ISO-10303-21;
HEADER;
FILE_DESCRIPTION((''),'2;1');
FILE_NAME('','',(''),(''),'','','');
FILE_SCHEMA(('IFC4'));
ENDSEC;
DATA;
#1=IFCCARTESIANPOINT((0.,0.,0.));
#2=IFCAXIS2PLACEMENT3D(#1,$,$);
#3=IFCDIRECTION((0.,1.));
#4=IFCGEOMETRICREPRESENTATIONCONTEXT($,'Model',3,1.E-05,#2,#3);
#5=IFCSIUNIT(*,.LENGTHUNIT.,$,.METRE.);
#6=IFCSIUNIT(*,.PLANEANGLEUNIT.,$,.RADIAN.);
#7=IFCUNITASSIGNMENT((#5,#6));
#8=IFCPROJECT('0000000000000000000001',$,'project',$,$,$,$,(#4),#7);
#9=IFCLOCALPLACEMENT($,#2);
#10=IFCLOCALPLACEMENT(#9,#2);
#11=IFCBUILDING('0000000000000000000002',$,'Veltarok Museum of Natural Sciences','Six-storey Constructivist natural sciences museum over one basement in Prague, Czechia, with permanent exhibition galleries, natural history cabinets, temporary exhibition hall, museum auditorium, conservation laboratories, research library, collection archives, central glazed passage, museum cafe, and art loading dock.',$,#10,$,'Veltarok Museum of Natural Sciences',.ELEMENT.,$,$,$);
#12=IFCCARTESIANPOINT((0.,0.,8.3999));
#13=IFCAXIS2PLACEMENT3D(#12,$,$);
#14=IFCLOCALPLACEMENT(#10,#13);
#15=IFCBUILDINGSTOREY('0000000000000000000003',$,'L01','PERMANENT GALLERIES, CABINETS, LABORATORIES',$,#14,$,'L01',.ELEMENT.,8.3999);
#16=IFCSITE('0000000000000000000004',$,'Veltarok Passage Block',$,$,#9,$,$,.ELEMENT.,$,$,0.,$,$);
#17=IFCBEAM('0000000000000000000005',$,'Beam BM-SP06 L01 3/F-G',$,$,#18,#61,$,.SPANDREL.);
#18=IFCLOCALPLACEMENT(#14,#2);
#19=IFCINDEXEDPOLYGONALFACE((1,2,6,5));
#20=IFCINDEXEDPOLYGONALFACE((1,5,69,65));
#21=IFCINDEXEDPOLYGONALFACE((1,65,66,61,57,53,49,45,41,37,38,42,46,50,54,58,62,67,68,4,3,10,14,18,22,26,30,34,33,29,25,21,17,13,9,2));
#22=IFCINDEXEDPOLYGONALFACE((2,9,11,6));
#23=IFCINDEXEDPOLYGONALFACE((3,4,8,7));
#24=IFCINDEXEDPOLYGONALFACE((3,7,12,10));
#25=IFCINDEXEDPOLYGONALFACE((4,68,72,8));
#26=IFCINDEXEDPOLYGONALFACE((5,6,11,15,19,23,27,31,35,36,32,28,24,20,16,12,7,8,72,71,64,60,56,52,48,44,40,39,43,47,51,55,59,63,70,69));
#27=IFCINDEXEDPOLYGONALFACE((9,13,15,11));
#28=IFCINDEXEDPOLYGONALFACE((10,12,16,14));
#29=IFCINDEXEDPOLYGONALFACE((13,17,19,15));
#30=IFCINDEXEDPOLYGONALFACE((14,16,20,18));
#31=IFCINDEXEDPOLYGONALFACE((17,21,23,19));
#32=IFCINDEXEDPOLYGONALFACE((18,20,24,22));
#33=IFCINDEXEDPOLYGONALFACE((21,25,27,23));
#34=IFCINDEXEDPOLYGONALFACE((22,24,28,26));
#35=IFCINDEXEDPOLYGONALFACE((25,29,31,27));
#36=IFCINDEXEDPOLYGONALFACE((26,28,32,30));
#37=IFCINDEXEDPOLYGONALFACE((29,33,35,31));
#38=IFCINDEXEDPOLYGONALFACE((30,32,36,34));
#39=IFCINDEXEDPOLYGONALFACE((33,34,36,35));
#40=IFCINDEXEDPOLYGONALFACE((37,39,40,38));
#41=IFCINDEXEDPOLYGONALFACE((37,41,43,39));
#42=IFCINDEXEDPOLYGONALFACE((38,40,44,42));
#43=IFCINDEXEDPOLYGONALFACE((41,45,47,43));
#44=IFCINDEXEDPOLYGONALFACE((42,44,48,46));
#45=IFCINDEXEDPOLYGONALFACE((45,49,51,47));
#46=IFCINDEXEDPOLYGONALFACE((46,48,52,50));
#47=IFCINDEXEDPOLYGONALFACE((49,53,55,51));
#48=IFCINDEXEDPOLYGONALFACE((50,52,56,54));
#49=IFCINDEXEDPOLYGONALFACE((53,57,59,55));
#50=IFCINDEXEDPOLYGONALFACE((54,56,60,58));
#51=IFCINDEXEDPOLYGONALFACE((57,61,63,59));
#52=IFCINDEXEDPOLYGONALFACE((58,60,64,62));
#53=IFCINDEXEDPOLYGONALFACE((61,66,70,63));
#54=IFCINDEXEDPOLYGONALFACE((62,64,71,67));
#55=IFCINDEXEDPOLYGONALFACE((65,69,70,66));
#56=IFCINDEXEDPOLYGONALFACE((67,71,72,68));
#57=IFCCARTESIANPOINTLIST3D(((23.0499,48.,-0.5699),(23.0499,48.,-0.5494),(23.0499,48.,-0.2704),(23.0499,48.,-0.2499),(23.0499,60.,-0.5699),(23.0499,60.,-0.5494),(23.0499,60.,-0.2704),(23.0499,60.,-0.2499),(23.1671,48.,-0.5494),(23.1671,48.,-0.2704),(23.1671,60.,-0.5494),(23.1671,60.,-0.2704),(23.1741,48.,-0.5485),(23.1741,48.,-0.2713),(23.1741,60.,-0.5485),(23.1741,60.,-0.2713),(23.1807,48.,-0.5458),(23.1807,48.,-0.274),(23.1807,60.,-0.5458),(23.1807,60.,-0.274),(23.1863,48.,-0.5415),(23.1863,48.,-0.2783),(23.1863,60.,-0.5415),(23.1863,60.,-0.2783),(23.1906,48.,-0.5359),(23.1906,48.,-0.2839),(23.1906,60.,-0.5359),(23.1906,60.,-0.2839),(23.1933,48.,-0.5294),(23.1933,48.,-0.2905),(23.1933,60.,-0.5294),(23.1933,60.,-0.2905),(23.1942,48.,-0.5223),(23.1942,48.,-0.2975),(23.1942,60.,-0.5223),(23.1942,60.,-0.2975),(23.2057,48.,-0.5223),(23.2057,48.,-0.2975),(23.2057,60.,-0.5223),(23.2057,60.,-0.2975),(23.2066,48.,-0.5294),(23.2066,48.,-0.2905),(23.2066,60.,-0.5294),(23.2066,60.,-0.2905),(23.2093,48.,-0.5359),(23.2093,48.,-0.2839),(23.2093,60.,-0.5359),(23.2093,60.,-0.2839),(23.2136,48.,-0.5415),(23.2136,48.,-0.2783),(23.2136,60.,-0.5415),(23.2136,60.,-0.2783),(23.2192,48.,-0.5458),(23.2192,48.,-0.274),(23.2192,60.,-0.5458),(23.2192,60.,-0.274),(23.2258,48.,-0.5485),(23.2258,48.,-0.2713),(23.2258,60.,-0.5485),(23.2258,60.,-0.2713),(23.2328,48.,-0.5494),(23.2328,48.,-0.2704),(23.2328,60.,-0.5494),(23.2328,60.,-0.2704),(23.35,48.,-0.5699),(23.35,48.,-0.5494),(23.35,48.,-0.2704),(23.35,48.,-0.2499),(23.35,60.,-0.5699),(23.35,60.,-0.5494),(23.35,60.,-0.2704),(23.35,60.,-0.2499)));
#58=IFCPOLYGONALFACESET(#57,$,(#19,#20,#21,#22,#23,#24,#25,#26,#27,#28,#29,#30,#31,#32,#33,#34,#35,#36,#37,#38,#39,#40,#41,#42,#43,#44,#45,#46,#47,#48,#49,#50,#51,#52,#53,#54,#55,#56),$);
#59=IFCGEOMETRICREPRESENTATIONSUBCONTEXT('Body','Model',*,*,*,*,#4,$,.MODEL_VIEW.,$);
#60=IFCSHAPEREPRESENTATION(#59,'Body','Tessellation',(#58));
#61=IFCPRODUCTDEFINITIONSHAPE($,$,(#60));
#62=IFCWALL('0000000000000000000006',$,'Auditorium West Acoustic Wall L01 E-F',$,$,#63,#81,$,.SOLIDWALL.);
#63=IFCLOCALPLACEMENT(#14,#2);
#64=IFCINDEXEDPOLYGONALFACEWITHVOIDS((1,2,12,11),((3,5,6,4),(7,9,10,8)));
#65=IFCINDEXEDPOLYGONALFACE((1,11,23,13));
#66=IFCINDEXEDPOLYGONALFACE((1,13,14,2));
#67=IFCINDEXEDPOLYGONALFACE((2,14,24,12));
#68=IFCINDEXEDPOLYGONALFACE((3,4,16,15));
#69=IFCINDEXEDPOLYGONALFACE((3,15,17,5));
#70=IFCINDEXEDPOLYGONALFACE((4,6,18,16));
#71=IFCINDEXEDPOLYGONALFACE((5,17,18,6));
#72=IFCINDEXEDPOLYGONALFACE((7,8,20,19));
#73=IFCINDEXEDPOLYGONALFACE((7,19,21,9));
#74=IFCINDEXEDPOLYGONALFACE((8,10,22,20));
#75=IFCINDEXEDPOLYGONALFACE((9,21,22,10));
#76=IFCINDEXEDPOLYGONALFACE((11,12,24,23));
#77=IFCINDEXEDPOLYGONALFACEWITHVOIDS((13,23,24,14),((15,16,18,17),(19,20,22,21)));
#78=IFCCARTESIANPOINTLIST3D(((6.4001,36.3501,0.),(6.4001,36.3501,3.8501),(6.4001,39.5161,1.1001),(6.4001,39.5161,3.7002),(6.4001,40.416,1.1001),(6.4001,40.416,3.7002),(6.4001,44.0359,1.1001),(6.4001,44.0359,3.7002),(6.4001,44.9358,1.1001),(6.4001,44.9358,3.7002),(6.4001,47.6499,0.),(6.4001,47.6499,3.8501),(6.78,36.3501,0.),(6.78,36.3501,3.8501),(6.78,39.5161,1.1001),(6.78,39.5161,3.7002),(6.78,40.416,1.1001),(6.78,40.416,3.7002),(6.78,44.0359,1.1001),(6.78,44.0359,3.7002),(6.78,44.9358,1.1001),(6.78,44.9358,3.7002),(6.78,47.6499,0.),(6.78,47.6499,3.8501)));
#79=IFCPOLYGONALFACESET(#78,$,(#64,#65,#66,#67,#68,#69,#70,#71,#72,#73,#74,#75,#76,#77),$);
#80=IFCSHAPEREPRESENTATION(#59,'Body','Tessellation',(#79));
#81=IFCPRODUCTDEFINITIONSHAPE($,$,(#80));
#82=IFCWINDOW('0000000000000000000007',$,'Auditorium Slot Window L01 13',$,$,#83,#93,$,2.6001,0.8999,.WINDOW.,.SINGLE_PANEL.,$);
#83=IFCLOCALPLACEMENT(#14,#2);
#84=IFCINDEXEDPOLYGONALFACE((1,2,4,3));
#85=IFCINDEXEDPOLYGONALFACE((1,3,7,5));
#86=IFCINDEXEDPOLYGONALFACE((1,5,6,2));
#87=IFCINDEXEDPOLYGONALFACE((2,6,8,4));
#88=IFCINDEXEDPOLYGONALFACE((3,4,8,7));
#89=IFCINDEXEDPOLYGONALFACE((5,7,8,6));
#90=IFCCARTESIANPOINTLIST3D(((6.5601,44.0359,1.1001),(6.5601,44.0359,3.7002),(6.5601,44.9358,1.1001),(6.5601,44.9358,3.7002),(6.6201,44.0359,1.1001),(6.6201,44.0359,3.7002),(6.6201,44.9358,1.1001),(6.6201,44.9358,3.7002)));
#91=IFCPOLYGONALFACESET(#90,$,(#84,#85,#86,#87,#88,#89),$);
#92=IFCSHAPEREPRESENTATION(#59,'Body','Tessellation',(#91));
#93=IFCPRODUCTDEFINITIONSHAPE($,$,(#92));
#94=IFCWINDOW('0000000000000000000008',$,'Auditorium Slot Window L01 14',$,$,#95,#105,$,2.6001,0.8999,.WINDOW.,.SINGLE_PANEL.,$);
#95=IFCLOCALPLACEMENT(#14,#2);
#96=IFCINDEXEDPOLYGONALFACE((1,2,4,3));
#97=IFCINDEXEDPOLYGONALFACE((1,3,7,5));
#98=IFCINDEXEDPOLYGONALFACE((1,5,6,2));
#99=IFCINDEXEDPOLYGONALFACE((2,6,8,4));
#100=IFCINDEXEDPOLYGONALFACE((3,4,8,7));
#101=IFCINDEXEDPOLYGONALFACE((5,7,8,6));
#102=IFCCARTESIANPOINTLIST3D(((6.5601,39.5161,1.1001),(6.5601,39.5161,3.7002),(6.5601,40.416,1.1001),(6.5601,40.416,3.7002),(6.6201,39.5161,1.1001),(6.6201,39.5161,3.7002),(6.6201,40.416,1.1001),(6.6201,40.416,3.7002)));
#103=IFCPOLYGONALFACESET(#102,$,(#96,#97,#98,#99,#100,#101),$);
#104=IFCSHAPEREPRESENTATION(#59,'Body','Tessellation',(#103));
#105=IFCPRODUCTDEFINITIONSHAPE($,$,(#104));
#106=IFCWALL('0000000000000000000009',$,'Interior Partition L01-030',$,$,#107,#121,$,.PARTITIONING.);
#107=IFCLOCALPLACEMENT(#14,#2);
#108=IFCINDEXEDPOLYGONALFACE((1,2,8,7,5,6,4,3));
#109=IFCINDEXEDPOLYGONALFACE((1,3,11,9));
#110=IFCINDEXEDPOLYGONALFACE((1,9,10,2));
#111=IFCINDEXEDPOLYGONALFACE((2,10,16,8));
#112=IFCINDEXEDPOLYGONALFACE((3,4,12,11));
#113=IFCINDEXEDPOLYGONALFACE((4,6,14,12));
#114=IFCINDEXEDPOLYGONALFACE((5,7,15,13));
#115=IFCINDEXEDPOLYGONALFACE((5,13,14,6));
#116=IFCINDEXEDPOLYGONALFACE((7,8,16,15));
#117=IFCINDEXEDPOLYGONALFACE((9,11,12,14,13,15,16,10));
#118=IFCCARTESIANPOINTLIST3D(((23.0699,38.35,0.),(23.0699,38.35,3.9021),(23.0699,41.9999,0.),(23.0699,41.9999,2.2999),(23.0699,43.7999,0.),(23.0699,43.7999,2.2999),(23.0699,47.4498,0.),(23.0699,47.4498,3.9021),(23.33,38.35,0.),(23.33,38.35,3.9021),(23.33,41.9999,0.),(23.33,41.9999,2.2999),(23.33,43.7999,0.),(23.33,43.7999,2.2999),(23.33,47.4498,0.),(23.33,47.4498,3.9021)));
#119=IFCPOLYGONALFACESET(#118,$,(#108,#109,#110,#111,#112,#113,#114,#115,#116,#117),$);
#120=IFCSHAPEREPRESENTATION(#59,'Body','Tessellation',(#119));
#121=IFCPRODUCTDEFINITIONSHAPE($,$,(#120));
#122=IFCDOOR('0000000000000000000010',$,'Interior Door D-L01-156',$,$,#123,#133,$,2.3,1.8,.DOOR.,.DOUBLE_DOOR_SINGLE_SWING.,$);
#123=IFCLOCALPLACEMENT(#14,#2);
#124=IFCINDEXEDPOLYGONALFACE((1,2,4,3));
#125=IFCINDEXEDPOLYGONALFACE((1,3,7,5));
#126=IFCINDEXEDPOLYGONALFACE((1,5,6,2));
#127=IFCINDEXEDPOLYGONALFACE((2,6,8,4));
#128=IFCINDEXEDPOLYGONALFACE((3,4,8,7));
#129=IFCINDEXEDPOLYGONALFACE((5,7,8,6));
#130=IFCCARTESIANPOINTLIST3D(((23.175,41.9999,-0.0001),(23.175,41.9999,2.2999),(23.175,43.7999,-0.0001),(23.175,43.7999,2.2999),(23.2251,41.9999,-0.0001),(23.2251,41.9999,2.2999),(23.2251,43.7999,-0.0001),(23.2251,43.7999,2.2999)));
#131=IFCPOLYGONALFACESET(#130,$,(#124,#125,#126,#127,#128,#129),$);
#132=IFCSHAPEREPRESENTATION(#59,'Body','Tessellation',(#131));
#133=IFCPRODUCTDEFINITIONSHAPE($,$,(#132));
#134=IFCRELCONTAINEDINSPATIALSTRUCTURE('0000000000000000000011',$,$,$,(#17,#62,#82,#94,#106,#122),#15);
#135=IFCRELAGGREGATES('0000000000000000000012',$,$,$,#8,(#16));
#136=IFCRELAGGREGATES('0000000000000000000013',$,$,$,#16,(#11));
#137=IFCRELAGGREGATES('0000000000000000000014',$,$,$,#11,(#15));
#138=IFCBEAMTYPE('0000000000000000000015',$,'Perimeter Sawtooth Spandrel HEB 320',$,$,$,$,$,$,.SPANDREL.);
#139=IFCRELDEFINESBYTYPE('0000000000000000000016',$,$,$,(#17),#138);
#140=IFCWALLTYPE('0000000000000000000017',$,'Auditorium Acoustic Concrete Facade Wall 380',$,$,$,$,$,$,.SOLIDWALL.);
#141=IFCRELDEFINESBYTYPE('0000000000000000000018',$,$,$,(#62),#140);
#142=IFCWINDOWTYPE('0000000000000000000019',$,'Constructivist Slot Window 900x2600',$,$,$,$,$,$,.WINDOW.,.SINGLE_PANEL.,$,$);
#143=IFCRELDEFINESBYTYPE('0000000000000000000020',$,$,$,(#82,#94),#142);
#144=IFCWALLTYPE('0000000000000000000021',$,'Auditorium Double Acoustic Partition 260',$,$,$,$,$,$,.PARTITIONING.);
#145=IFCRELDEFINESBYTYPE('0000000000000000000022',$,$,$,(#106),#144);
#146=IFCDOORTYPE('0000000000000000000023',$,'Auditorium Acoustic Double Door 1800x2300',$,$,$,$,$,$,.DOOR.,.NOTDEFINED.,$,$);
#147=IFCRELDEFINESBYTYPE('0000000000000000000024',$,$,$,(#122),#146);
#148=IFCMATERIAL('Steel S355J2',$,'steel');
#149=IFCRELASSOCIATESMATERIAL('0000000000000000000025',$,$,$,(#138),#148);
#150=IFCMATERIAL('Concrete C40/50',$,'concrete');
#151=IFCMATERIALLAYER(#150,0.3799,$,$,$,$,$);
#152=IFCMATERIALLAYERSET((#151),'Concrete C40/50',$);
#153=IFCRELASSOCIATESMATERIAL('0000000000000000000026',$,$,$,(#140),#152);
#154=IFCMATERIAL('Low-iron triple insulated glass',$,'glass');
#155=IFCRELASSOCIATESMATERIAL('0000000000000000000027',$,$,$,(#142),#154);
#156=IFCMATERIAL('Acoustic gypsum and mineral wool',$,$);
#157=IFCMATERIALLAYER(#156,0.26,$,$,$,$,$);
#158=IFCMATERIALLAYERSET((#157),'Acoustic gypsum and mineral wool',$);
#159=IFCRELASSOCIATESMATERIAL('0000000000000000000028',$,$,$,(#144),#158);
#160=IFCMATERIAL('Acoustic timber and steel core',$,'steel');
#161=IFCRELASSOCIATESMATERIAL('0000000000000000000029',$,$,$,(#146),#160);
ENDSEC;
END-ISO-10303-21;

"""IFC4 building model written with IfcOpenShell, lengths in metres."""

from ifc_helpers import new_model, si_unit, direction, frame, frame_2d, origin, origin_2d, place, context, subcontext, project, spatial, rectangle, i_section, extrude, material, layer, layer_set, material_profile, profile_set, type_object, element, fill, save


model = new_model("IFC4")

# Units and contexts
model_context = context("Model", 3, precision=1e-05, world=origin(), true_north=direction((0.0, 1.0)))
body_context = subcontext(model_context, "Body", "Model", "MODEL_VIEW")
ifc_project = project(units=[si_unit("LENGTHUNIT", "METRE"), si_unit("PLANEANGLEUNIT", "RADIAN")], contexts=[model_context])

# Site, building, storey
site_placement = place(None, origin())
site = spatial("IfcSite", under=ifc_project, at=site_placement, Name="Veltarok Passage Block", CompositionType="ELEMENT", RefElevation=0.0)
building_placement = place(site_placement, origin())
building = spatial("IfcBuilding", under=site, at=building_placement, Name="Veltarok Museum of Natural Sciences", Description="Six-storey Constructivist natural sciences museum over one basement in Prague, Czechia, with permanent exhibition galleries, natural history cabinets, temporary exhibition hall, museum auditorium, conservation laboratories, research library, collection archives, central glazed passage, museum cafe, and art loading dock.", LongName="Veltarok Museum of Natural Sciences", CompositionType="ELEMENT")
storey_placement = place(building_placement, frame((0.0, 0.0, 8.3999)))
storey = spatial("IfcBuildingStorey", under=building, at=storey_placement, Name="L01", Description="PERMANENT GALLERIES, CABINETS, LABORATORIES", LongName="L01", CompositionType="ELEMENT", Elevation=8.3999)

# Shared definitions
ifc_material_1 = material(Name="Steel S355J2", Category="steel")

# Beam
ifc_material_profile_1 = material_profile(ifc_material_1, i_section(OverallWidth=0.3, OverallDepth=0.3201, WebThickness=0.0115, FlangeThickness=0.0205, FilletRadius=0.0271, at=origin_2d()), Name="HEB 320")
ifc_profile_set_1 = profile_set([ifc_material_profile_1], Name="Steel S355J2")
beam_type_1 = type_object("IfcBeamType", Name="Perimeter Sawtooth Spandrel HEB 320", PredefinedType="SPANDREL", material=ifc_profile_set_1)
for number, where, z_axis, x_axis, name in (
    (1, (23.2, 48.0, -0.4099), (0.0, 1.0, 0.0), (-1.0, 0.0, 0.0), "Beam BM-SP06 L01 3/F-G"),
):
    element("IfcBeam", number, at=place(storey_placement, frame(where, z_axis=z_axis, x_axis=x_axis)), inside=storey, type_object=beam_type_1, Name=name, PredefinedType="SPANDREL", context=body_context, shape_type="SweptSolid", body=[
        extrude(i_section(OverallWidth=0.3, OverallDepth=0.3201, WebThickness=0.0115, FlangeThickness=0.0205, FilletRadius=0.0271, at=origin_2d()), origin(), (0.0, 0.0, 1.0), 12.0),
    ])

# Wall, openings, windows
ifc_material_2 = material(Name="Concrete C40/50", Category="concrete")
ifc_layer_1 = layer(ifc_material_2, 0.3799)
ifc_layer_set_1 = layer_set([ifc_layer_1], Name="Concrete C40/50")
wall_type_1 = type_object("IfcWallType", Name="Auditorium Acoustic Concrete Facade Wall 380", PredefinedType="SOLIDWALL", material=ifc_layer_set_1)
wall_1_placement = place(storey_placement, frame((6.5901, 47.6499, 0.0), z_axis=(0.0, 0.0, 1.0), x_axis=(0.0, -1.0, 0.0)))
wall_1 = element("IfcWall", 2, at=wall_1_placement, inside=storey, type_object=wall_type_1, Name="Auditorium West Acoustic Wall L01 E-F", PredefinedType="SOLIDWALL", context=body_context, shape_type="SweptSolid", body=[
    extrude(rectangle(XDim=11.2998, YDim=0.3799, at=frame_2d((5.6499, 0.0))), origin(), (0.0, 0.0, 1.0), 3.8501),
])
opening_1_placement = place(wall_1_placement, frame((2.7141, 0.0, 1.1001)))
opening_1 = element("IfcOpeningElement", 3, at=opening_1_placement, cuts=wall_1, PredefinedType="OPENING", context=body_context, shape_type="SweptSolid", body=[
    extrude(rectangle(XDim=0.8999, YDim=2.6001, at=frame_2d((0.45, 1.3))), frame((0.0, 0.2, 0.0), z_axis=(0.0, -1.0, 0.0), x_axis=(1.0, 0.0, 0.0)), (0.0, 0.0, 1.0), 0.3999),
])
opening_2_placement = place(wall_1_placement, frame((7.2339, 0.0, 1.1001)))
opening_2 = element("IfcOpeningElement", 4, at=opening_2_placement, cuts=wall_1, PredefinedType="OPENING", context=body_context, shape_type="SweptSolid", body=[
    extrude(rectangle(XDim=0.8999, YDim=2.6001, at=frame_2d((0.45, 1.3))), frame((0.0, 0.2, 0.0), z_axis=(0.0, -1.0, 0.0), x_axis=(1.0, 0.0, 0.0)), (0.0, 0.0, 1.0), 0.3999),
])
ifc_material_3 = material(Name="Low-iron triple insulated glass", Category="glass")
window_type = type_object("IfcWindowType", Name="Constructivist Slot Window 900x2600", PartitioningType="SINGLE_PANEL", PredefinedType="WINDOW", material=ifc_material_3)
window_1_placement = place(opening_1_placement, origin())
window_1 = element("IfcWindow", 5, at=window_1_placement, inside=storey, type_object=window_type, Name="Auditorium Slot Window L01 13", OverallHeight=2.6001, OverallWidth=0.8999, PartitioningType="SINGLE_PANEL", PredefinedType="WINDOW", context=body_context, shape_type="SweptSolid", body=[
    extrude(rectangle(XDim=0.8999, YDim=2.6001, at=frame_2d((0.45, 1.3))), frame((0.0, 0.03, 0.0), z_axis=(0.0, -1.0, 0.0), x_axis=(1.0, 0.0, 0.0)), (0.0, 0.0, 1.0), 0.0601),
])
fill(opening_1, window_1)
window_2_placement = place(opening_2_placement, origin())
window_2 = element("IfcWindow", 6, at=window_2_placement, inside=storey, type_object=window_type, Name="Auditorium Slot Window L01 14", OverallHeight=2.6001, OverallWidth=0.8999, PartitioningType="SINGLE_PANEL", PredefinedType="WINDOW", context=body_context, shape_type="SweptSolid", body=[
    extrude(rectangle(XDim=0.8999, YDim=2.6001, at=frame_2d((0.45, 1.3))), frame((0.0, 0.03, 0.0), z_axis=(0.0, -1.0, 0.0), x_axis=(1.0, 0.0, 0.0)), (0.0, 0.0, 1.0), 0.0601),
])
fill(opening_2, window_2)

# Wall, opening, door
ifc_material_4 = material(Name="Acoustic gypsum and mineral wool")
ifc_layer_2 = layer(ifc_material_4, 0.26)
ifc_layer_set_2 = layer_set([ifc_layer_2], Name="Acoustic gypsum and mineral wool")
wall_type_2 = type_object("IfcWallType", Name="Auditorium Double Acoustic Partition 260", PredefinedType="PARTITIONING", material=ifc_layer_set_2)
wall_2_placement = place(storey_placement, frame((23.2, 38.3501, 0.0), z_axis=(0.0, 0.0, 1.0), x_axis=(0.0, 1.0, 0.0)))
wall_2 = element("IfcWall", 7, at=wall_2_placement, inside=storey, type_object=wall_type_2, Name="Interior Partition L01-030", PredefinedType="PARTITIONING", context=body_context, shape_type="SweptSolid", body=[
    extrude(rectangle(XDim=9.0999, YDim=0.26, at=frame_2d((4.5498, 0.0))), origin(), (0.0, 0.0, 1.0), 3.9021),
])
opening_3_placement = place(wall_2_placement, frame((3.6499, 0.0, 0.0)))
opening_3 = element("IfcOpeningElement", 8, at=opening_3_placement, cuts=wall_2, PredefinedType="OPENING", context=body_context, shape_type="SweptSolid", body=[
    extrude(rectangle(XDim=1.8, YDim=2.3, at=frame_2d((0.8999, 1.1499))), frame((0.0, 0.1401, 0.0), z_axis=(0.0, -1.0, 0.0), x_axis=(1.0, 0.0, 0.0)), (0.0, 0.0, 1.0), 0.28),
])
ifc_material_5 = material(Name="Acoustic timber and steel core", Category="steel")
door_type = type_object("IfcDoorType", Name="Auditorium Acoustic Double Door 1800x2300", OperationType="NOTDEFINED", PredefinedType="DOOR", material=ifc_material_5)
door_placement = place(opening_3_placement, origin())
door = element("IfcDoor", 9, at=door_placement, inside=storey, type_object=door_type, Name="Interior Door D-L01-156", OperationType="DOUBLE_DOOR_SINGLE_SWING", OverallHeight=2.3, OverallWidth=1.8, PredefinedType="DOOR", context=body_context, shape_type="SweptSolid", body=[
    extrude(rectangle(XDim=1.8, YDim=2.3, at=frame_2d((0.8999, 1.1499))), frame((0.0, 0.0249, 0.0), z_axis=(0.0, -1.0, 0.0), x_axis=(1.0, 0.0, 0.0)), (0.0, 0.0, 1.0), 0.05),
])
fill(opening_3, door)

save(model, "model.ifc")
